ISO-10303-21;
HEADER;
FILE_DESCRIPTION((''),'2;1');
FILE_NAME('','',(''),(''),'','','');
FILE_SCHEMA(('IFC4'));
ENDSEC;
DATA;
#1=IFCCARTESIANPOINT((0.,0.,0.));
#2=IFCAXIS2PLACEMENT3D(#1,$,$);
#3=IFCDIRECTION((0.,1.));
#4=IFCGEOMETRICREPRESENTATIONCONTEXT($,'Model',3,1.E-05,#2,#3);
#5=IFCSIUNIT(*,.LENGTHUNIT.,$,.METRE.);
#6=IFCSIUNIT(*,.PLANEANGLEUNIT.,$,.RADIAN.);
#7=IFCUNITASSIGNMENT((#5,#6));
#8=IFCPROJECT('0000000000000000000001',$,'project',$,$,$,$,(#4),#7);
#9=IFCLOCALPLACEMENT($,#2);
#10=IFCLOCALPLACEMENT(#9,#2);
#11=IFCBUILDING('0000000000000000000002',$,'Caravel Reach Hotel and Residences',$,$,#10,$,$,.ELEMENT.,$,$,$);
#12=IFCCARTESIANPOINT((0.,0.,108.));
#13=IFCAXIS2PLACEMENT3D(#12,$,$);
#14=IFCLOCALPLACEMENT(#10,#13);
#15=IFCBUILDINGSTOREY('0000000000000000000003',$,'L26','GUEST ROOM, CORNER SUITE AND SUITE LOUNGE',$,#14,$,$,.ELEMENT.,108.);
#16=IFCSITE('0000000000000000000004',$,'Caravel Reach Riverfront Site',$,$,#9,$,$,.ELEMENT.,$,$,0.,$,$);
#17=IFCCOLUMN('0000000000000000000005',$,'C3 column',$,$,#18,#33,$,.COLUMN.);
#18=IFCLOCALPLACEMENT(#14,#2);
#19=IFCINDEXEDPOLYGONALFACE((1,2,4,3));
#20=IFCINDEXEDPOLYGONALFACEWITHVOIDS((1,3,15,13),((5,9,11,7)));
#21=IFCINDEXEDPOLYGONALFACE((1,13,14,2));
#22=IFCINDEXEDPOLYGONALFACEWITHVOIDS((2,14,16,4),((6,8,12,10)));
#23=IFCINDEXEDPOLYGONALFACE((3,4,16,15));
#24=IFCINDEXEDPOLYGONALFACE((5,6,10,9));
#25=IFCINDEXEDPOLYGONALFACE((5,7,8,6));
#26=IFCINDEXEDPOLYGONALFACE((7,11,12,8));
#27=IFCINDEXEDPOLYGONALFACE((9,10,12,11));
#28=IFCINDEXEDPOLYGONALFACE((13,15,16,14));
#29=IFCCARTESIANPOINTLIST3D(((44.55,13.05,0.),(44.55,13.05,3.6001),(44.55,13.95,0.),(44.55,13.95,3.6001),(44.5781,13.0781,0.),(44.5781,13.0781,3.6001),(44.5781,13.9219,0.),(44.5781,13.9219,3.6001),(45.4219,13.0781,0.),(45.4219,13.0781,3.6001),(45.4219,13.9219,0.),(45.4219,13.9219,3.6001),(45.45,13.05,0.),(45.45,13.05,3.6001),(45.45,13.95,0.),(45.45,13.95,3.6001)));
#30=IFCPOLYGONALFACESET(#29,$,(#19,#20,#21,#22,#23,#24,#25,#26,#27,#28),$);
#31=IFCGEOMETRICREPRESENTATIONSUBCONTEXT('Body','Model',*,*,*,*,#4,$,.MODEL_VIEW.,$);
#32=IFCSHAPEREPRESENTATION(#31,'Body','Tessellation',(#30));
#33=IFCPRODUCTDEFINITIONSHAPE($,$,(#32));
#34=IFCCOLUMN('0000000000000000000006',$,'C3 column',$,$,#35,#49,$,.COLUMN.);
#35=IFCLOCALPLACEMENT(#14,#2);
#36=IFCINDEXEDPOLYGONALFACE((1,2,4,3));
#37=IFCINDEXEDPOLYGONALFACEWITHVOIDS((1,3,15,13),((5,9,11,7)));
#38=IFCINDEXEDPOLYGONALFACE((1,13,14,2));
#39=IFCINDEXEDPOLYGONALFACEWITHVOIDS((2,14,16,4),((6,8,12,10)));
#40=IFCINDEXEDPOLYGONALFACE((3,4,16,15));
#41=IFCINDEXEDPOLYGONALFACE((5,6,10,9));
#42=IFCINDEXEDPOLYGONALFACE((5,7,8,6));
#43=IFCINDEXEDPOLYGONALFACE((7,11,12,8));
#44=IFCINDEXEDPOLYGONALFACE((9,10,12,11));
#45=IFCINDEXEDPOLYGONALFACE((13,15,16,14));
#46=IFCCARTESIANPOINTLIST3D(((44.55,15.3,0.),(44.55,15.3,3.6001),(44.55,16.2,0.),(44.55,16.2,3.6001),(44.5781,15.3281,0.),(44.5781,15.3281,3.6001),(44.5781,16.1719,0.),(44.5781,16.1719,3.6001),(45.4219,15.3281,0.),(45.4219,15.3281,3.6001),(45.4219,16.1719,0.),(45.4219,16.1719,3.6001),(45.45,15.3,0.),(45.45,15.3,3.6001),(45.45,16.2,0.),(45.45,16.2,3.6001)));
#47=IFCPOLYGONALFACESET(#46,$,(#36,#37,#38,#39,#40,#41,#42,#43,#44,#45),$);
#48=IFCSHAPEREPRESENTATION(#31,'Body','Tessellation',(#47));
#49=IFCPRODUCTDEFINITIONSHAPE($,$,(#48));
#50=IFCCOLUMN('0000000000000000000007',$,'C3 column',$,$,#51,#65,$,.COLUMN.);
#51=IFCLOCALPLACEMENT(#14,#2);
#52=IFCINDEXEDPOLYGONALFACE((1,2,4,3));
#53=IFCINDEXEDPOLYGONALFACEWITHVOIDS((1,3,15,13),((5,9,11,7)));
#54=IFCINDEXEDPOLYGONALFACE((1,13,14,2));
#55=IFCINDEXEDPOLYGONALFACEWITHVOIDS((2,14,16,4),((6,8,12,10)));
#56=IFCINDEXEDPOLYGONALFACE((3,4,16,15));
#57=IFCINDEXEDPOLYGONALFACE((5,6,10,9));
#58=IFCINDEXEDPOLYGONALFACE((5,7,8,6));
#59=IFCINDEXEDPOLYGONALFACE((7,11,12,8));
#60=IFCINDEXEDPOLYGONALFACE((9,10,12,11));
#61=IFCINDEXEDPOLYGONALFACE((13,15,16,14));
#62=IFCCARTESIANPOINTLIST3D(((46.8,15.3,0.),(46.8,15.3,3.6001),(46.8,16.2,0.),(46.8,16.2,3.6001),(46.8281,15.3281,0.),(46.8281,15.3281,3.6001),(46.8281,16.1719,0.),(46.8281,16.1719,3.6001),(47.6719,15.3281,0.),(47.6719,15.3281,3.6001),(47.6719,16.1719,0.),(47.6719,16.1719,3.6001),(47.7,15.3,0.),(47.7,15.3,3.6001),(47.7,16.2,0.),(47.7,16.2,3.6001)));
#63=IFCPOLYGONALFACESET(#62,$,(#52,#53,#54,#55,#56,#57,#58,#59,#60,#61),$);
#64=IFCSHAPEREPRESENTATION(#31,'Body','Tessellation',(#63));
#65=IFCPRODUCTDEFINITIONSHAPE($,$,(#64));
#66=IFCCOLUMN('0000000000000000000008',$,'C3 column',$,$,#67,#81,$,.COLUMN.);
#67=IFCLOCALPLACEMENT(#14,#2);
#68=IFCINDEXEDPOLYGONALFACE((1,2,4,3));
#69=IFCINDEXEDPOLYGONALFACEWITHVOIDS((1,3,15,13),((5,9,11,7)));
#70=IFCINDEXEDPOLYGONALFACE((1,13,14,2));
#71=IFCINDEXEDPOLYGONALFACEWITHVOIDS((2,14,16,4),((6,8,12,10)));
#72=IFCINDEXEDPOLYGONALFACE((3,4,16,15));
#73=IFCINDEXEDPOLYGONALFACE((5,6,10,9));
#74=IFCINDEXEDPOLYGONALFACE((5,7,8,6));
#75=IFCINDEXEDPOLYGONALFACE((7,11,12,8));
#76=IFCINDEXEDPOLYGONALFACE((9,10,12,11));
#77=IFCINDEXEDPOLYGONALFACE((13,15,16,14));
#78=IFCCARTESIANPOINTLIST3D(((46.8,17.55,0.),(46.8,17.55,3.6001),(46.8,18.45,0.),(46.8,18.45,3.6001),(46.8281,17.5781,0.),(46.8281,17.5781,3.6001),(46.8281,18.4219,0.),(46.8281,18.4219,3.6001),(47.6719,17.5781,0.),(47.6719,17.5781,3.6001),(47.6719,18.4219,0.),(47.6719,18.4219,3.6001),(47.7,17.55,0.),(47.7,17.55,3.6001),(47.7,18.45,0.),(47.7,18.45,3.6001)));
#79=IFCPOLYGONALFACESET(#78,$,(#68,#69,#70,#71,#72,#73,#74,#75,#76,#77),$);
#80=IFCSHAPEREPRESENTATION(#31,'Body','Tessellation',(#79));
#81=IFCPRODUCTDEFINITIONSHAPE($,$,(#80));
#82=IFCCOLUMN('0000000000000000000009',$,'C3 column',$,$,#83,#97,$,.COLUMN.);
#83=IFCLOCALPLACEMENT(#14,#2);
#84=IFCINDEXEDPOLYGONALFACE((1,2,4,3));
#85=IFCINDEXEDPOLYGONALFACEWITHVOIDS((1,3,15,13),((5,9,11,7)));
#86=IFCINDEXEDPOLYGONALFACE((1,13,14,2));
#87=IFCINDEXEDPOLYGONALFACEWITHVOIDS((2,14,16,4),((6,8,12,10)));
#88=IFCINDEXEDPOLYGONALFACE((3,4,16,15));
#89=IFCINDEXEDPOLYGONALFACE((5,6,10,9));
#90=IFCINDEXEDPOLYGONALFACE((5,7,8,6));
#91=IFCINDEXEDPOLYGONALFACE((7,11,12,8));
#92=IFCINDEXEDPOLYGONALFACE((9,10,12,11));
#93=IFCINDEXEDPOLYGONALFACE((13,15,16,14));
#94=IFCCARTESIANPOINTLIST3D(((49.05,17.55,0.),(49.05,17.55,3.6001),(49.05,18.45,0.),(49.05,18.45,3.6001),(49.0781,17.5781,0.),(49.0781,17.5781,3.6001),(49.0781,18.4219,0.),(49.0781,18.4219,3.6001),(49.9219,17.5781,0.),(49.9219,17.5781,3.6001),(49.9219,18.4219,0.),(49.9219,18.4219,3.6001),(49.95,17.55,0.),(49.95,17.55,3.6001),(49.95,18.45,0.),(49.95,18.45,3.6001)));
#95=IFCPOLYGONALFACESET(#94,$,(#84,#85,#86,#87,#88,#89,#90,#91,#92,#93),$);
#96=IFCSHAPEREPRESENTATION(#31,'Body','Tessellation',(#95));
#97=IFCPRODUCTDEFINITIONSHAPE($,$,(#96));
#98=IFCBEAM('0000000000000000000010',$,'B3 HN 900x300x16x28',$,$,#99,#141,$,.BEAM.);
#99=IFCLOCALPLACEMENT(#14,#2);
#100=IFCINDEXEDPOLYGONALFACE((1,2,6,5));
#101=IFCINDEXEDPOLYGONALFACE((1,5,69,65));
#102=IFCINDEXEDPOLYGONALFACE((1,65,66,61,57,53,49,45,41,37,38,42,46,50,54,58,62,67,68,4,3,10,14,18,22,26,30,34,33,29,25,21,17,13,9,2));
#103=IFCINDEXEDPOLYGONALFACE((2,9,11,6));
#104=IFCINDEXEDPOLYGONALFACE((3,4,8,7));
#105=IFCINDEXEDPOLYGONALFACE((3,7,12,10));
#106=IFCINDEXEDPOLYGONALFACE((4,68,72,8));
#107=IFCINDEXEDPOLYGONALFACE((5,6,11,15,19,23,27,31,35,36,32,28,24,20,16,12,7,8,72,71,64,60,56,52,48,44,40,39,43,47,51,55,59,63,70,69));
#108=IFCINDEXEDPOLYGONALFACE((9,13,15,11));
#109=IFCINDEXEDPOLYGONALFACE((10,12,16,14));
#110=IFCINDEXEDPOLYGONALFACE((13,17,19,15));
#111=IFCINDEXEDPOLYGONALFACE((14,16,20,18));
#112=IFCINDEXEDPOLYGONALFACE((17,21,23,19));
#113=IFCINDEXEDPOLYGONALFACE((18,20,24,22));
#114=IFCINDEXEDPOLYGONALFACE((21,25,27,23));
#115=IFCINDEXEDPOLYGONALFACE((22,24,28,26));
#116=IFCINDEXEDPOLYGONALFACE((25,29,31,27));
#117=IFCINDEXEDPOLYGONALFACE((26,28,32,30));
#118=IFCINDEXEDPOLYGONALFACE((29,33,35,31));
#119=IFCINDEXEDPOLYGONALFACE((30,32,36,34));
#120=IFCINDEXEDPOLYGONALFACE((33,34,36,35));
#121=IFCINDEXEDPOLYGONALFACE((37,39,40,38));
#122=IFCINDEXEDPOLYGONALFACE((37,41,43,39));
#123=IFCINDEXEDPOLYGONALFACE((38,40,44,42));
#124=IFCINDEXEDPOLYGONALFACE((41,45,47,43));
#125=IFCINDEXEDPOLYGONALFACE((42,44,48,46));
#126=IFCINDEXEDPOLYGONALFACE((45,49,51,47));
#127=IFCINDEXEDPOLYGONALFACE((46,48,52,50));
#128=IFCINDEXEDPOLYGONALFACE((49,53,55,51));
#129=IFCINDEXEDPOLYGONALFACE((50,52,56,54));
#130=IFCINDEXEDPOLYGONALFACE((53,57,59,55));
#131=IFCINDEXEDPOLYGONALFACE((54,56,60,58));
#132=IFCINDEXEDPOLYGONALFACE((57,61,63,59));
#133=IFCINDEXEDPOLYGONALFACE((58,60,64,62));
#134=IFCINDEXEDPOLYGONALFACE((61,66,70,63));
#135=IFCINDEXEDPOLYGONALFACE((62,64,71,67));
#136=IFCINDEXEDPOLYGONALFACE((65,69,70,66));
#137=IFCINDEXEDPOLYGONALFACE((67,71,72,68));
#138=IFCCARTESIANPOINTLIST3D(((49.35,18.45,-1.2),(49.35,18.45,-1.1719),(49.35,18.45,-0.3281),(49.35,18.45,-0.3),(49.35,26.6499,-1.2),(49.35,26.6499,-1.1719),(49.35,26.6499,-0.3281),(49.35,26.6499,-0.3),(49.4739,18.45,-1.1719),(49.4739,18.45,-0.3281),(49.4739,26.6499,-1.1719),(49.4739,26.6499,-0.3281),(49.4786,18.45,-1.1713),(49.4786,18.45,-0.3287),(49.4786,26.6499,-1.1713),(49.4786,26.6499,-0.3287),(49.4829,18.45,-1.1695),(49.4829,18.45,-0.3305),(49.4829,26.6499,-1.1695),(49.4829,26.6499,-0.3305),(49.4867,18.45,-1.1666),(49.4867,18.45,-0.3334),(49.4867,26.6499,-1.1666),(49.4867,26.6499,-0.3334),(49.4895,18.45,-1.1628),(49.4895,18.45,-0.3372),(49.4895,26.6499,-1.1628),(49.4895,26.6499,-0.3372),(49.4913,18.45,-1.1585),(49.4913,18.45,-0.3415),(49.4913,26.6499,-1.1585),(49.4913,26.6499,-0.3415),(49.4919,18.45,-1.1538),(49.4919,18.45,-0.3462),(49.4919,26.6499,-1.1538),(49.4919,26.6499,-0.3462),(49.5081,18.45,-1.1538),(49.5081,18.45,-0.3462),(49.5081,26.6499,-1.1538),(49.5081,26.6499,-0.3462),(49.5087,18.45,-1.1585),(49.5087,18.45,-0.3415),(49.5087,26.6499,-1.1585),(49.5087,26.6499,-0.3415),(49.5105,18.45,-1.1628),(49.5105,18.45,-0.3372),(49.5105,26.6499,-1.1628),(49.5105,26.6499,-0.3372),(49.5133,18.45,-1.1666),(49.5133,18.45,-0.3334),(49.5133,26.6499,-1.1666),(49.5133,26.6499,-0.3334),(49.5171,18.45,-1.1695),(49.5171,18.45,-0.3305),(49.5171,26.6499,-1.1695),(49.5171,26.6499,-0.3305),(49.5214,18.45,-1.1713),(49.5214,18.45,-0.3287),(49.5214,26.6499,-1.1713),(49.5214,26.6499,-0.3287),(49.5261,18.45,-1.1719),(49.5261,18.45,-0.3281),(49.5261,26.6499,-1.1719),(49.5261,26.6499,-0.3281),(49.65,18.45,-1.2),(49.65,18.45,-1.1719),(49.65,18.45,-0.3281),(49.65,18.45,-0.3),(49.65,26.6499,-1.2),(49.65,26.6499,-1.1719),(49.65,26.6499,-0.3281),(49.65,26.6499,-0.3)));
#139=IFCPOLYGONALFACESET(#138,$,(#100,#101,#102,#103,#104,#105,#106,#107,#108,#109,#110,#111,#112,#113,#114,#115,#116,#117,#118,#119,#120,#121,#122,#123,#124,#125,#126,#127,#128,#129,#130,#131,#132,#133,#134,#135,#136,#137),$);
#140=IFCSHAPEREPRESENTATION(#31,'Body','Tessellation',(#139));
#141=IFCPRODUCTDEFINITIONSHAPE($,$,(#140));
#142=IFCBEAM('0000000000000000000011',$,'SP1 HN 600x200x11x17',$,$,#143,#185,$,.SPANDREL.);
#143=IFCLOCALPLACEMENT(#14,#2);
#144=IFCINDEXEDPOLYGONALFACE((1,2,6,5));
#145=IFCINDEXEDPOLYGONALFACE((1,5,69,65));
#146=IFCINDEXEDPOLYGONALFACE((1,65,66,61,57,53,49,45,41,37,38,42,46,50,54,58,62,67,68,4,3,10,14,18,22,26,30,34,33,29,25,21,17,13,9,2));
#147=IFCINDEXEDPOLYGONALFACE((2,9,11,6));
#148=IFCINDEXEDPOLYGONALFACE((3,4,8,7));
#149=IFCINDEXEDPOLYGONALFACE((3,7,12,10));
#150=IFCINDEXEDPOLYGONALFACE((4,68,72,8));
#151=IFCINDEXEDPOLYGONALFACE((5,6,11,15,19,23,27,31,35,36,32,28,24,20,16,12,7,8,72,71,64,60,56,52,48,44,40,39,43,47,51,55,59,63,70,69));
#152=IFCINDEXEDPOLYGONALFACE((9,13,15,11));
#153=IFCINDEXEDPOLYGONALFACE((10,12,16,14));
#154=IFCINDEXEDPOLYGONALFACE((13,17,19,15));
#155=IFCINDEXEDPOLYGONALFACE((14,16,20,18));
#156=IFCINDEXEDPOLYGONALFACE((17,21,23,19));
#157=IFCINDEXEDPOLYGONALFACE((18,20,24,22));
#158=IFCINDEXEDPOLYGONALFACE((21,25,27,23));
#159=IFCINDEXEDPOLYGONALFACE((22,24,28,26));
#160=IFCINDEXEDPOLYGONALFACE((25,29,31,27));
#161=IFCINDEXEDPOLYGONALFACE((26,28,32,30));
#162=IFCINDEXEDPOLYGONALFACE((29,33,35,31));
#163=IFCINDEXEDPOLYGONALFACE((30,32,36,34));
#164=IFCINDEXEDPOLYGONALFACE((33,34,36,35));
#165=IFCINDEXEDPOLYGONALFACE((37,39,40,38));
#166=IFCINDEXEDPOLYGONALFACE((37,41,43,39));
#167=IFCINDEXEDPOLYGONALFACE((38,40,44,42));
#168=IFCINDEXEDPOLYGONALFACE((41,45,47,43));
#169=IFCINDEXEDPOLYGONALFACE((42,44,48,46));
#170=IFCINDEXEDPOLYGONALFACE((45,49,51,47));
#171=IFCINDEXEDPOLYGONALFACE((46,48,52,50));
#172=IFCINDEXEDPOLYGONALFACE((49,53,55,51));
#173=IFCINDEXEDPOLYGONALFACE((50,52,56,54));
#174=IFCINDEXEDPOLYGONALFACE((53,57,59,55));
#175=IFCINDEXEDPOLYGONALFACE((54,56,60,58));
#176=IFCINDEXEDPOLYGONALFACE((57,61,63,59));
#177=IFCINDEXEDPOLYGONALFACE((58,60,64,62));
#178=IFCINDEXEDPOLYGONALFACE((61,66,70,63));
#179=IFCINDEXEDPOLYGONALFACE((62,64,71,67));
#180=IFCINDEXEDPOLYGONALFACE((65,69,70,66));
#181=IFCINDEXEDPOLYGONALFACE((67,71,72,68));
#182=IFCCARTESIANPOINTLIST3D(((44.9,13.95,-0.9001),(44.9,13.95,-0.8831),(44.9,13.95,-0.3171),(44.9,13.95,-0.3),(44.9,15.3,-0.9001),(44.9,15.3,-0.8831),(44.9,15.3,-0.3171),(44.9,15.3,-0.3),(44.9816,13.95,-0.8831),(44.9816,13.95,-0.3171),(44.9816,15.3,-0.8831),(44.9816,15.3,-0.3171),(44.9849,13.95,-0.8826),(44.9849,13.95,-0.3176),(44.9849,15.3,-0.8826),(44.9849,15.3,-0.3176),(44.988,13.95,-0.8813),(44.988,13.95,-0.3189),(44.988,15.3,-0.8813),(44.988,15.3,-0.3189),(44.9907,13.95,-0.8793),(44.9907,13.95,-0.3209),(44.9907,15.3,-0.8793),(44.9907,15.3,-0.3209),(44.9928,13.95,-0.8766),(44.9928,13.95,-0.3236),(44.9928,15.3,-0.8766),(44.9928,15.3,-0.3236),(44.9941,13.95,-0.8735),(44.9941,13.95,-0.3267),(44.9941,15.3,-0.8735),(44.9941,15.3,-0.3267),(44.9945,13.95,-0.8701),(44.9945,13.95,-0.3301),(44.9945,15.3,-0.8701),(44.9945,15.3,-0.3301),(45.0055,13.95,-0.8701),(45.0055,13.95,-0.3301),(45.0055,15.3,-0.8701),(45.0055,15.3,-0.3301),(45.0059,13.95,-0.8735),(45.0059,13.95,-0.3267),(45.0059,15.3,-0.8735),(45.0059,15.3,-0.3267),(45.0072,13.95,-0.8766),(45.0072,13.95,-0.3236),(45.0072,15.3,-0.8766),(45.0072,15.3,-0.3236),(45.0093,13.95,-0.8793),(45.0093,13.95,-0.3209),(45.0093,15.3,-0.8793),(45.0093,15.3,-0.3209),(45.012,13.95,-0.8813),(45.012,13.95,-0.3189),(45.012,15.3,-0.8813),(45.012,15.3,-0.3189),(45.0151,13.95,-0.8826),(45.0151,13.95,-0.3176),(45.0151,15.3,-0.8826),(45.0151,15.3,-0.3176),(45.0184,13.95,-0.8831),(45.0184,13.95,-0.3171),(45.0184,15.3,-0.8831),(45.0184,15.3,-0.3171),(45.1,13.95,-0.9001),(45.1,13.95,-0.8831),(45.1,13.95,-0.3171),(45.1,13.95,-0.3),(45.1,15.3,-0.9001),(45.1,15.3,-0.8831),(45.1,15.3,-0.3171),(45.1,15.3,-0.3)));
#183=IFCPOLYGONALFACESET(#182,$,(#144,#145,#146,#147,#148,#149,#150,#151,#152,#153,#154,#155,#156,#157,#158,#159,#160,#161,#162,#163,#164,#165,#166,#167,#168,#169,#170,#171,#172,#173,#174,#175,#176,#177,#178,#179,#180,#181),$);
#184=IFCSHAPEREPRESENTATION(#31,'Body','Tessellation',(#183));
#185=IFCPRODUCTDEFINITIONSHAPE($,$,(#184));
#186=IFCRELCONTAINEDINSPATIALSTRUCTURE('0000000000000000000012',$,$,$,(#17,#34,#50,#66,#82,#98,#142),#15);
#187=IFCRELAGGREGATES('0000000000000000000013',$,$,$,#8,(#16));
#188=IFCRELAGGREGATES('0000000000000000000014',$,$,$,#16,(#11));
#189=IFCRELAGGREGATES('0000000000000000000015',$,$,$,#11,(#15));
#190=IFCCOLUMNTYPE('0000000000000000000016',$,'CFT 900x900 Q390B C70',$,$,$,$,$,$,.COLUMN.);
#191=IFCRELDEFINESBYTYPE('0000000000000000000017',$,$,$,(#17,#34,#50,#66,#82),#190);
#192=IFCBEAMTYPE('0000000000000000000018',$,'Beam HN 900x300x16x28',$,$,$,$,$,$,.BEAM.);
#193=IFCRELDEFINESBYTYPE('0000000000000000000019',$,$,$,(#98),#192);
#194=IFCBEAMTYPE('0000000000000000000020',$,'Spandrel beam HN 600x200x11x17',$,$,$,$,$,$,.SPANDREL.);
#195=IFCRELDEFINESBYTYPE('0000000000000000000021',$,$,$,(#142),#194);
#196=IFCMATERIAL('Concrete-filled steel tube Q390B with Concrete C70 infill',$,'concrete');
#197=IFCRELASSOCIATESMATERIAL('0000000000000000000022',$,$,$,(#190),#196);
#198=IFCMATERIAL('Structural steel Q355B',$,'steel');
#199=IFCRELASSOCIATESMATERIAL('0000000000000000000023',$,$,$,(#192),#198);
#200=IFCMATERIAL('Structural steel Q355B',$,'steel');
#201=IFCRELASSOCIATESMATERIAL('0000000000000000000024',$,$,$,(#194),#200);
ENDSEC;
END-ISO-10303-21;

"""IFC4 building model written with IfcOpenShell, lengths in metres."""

from ifc_helpers import new_model, si_unit, direction, frame, origin, origin_2d, place, context, subcontext, project, spatial, hollow_rectangle, i_section, extrude, material, material_profile, profile_set, type_object, element, save


model = new_model("IFC4")

# Units and contexts
model_context = context("Model", 3, precision=1e-05, world=origin(), true_north=direction((0.0, 1.0)))
body_context = subcontext(model_context, "Body", "Model", "MODEL_VIEW")
ifc_project = project(units=[si_unit("LENGTHUNIT", "METRE"), si_unit("PLANEANGLEUNIT", "RADIAN")], contexts=[model_context])

# Site, building, storey
site_placement = place(None, origin())
site = spatial("IfcSite", under=ifc_project, at=site_placement, Name="Caravel Reach Riverfront Site", CompositionType="ELEMENT", RefElevation=0.0)
building_placement = place(site_placement, origin())
building = spatial("IfcBuilding", under=site, at=building_placement, Name="Caravel Reach Hotel and Residences", CompositionType="ELEMENT")
storey_placement = place(building_placement, frame((0.0, 0.0, 108.0)))
storey = spatial("IfcBuildingStorey", under=building, at=storey_placement, Name="L26", Description="GUEST ROOM, CORNER SUITE AND SUITE LOUNGE", CompositionType="ELEMENT", Elevation=108.0)

# Columns
ifc_material_1 = material(Name="Concrete-filled steel tube Q390B with Concrete C70 infill", Category="concrete")
ifc_material_profile_1 = material_profile(ifc_material_1, hollow_rectangle(XDim=0.8999, YDim=0.8999, WallThickness=0.0281, at=origin_2d()), Name="RHS 900x900x28")
ifc_profile_set_1 = profile_set([ifc_material_profile_1], Name="Concrete-filled steel tube Q390B with Concrete C70 infill")
column_type = type_object("IfcColumnType", Name="CFT 900x900 Q390B C70", PredefinedType="COLUMN", material=ifc_profile_set_1)
for number, where, z_axis, x_axis, name in (
    (1, (45.0, 13.5, 0.0), (0.0, 0.0, 1.0), (1.0, 0.0, 0.0), "C3 column"),
    (2, (45.0, 15.75, 0.0), (0.0, 0.0, 1.0), (1.0, 0.0, 0.0), "C3 column"),
    (3, (47.25, 15.75, 0.0), (0.0, 0.0, 1.0), (1.0, 0.0, 0.0), "C3 column"),
    (4, (47.25, 18.0, 0.0), (0.0, 0.0, 1.0), (1.0, 0.0, 0.0), "C3 column"),
    (5, (49.5, 18.0, 0.0), (0.0, 0.0, 1.0), (1.0, 0.0, 0.0), "C3 column"),
):
    element("IfcColumn", number, at=place(storey_placement, frame(where, z_axis=z_axis, x_axis=x_axis)), inside=storey, type_object=column_type, Name=name, PredefinedType="COLUMN", context=body_context, shape_type="SweptSolid", body=[
        extrude(hollow_rectangle(XDim=0.8999, YDim=0.8999, WallThickness=0.0281, at=origin_2d()), origin(), (0.0, 0.0, 1.0), 3.6001),
    ])

# Beams
ifc_material_2 = material(Name="Structural steel Q355B", Category="steel")
ifc_material_profile_2 = material_profile(ifc_material_2, i_section(OverallWidth=0.3, OverallDepth=0.8999, WebThickness=0.0161, FlangeThickness=0.0281, FilletRadius=0.0181, at=origin_2d()), Name="HN 900x300x16x28")
ifc_profile_set_2 = profile_set([ifc_material_profile_2], Name="Structural steel Q355B")
beam_type_1 = type_object("IfcBeamType", Name="Beam HN 900x300x16x28", PredefinedType="BEAM", material=ifc_profile_set_2)
beam_placement = place(storey_placement, frame((49.5, 18.45, -0.75), z_axis=(0.0, 1.0, 0.0), x_axis=(-1.0, 0.0, 0.0)))
element("IfcBeam", 6, at=beam_placement, inside=storey, type_object=beam_type_1, Name="B3 HN 900x300x16x28", PredefinedType="BEAM", context=body_context, shape_type="SweptSolid", body=[
    extrude(i_section(OverallWidth=0.3, OverallDepth=0.8999, WebThickness=0.0161, FlangeThickness=0.0281, FilletRadius=0.0181, at=origin_2d()), origin(), (0.0, 0.0, 1.0), 8.2),
])
ifc_material_3 = material(Name="Structural steel Q355B", Category="steel")
ifc_material_profile_3 = material_profile(ifc_material_3, i_section(OverallWidth=0.2, OverallDepth=0.6001, WebThickness=0.011, FlangeThickness=0.0171, FilletRadius=0.0129, at=origin_2d()), Name="HN 600x200x11x17")
ifc_profile_set_3 = profile_set([ifc_material_profile_3], Name="Structural steel Q355B")
beam_type_2 = type_object("IfcBeamType", Name="Spandrel beam HN 600x200x11x17", PredefinedType="SPANDREL", material=ifc_profile_set_3)
for number, where, z_axis, x_axis, name in (
    (7, (45.0, 13.95, -0.6001), (0.0, 1.0, 0.0), (-1.0, 0.0, 0.0), "SP1 HN 600x200x11x17"),
):
    element("IfcBeam", number, at=place(storey_placement, frame(where, z_axis=z_axis, x_axis=x_axis)), inside=storey, type_object=beam_type_2, Name=name, PredefinedType="SPANDREL", context=body_context, shape_type="SweptSolid", body=[
        extrude(i_section(OverallWidth=0.2, OverallDepth=0.6001, WebThickness=0.011, FlangeThickness=0.0171, FilletRadius=0.0129, at=origin_2d()), origin(), (0.0, 0.0, 1.0), 1.3501),
    ])

save(model, "model.ifc")
